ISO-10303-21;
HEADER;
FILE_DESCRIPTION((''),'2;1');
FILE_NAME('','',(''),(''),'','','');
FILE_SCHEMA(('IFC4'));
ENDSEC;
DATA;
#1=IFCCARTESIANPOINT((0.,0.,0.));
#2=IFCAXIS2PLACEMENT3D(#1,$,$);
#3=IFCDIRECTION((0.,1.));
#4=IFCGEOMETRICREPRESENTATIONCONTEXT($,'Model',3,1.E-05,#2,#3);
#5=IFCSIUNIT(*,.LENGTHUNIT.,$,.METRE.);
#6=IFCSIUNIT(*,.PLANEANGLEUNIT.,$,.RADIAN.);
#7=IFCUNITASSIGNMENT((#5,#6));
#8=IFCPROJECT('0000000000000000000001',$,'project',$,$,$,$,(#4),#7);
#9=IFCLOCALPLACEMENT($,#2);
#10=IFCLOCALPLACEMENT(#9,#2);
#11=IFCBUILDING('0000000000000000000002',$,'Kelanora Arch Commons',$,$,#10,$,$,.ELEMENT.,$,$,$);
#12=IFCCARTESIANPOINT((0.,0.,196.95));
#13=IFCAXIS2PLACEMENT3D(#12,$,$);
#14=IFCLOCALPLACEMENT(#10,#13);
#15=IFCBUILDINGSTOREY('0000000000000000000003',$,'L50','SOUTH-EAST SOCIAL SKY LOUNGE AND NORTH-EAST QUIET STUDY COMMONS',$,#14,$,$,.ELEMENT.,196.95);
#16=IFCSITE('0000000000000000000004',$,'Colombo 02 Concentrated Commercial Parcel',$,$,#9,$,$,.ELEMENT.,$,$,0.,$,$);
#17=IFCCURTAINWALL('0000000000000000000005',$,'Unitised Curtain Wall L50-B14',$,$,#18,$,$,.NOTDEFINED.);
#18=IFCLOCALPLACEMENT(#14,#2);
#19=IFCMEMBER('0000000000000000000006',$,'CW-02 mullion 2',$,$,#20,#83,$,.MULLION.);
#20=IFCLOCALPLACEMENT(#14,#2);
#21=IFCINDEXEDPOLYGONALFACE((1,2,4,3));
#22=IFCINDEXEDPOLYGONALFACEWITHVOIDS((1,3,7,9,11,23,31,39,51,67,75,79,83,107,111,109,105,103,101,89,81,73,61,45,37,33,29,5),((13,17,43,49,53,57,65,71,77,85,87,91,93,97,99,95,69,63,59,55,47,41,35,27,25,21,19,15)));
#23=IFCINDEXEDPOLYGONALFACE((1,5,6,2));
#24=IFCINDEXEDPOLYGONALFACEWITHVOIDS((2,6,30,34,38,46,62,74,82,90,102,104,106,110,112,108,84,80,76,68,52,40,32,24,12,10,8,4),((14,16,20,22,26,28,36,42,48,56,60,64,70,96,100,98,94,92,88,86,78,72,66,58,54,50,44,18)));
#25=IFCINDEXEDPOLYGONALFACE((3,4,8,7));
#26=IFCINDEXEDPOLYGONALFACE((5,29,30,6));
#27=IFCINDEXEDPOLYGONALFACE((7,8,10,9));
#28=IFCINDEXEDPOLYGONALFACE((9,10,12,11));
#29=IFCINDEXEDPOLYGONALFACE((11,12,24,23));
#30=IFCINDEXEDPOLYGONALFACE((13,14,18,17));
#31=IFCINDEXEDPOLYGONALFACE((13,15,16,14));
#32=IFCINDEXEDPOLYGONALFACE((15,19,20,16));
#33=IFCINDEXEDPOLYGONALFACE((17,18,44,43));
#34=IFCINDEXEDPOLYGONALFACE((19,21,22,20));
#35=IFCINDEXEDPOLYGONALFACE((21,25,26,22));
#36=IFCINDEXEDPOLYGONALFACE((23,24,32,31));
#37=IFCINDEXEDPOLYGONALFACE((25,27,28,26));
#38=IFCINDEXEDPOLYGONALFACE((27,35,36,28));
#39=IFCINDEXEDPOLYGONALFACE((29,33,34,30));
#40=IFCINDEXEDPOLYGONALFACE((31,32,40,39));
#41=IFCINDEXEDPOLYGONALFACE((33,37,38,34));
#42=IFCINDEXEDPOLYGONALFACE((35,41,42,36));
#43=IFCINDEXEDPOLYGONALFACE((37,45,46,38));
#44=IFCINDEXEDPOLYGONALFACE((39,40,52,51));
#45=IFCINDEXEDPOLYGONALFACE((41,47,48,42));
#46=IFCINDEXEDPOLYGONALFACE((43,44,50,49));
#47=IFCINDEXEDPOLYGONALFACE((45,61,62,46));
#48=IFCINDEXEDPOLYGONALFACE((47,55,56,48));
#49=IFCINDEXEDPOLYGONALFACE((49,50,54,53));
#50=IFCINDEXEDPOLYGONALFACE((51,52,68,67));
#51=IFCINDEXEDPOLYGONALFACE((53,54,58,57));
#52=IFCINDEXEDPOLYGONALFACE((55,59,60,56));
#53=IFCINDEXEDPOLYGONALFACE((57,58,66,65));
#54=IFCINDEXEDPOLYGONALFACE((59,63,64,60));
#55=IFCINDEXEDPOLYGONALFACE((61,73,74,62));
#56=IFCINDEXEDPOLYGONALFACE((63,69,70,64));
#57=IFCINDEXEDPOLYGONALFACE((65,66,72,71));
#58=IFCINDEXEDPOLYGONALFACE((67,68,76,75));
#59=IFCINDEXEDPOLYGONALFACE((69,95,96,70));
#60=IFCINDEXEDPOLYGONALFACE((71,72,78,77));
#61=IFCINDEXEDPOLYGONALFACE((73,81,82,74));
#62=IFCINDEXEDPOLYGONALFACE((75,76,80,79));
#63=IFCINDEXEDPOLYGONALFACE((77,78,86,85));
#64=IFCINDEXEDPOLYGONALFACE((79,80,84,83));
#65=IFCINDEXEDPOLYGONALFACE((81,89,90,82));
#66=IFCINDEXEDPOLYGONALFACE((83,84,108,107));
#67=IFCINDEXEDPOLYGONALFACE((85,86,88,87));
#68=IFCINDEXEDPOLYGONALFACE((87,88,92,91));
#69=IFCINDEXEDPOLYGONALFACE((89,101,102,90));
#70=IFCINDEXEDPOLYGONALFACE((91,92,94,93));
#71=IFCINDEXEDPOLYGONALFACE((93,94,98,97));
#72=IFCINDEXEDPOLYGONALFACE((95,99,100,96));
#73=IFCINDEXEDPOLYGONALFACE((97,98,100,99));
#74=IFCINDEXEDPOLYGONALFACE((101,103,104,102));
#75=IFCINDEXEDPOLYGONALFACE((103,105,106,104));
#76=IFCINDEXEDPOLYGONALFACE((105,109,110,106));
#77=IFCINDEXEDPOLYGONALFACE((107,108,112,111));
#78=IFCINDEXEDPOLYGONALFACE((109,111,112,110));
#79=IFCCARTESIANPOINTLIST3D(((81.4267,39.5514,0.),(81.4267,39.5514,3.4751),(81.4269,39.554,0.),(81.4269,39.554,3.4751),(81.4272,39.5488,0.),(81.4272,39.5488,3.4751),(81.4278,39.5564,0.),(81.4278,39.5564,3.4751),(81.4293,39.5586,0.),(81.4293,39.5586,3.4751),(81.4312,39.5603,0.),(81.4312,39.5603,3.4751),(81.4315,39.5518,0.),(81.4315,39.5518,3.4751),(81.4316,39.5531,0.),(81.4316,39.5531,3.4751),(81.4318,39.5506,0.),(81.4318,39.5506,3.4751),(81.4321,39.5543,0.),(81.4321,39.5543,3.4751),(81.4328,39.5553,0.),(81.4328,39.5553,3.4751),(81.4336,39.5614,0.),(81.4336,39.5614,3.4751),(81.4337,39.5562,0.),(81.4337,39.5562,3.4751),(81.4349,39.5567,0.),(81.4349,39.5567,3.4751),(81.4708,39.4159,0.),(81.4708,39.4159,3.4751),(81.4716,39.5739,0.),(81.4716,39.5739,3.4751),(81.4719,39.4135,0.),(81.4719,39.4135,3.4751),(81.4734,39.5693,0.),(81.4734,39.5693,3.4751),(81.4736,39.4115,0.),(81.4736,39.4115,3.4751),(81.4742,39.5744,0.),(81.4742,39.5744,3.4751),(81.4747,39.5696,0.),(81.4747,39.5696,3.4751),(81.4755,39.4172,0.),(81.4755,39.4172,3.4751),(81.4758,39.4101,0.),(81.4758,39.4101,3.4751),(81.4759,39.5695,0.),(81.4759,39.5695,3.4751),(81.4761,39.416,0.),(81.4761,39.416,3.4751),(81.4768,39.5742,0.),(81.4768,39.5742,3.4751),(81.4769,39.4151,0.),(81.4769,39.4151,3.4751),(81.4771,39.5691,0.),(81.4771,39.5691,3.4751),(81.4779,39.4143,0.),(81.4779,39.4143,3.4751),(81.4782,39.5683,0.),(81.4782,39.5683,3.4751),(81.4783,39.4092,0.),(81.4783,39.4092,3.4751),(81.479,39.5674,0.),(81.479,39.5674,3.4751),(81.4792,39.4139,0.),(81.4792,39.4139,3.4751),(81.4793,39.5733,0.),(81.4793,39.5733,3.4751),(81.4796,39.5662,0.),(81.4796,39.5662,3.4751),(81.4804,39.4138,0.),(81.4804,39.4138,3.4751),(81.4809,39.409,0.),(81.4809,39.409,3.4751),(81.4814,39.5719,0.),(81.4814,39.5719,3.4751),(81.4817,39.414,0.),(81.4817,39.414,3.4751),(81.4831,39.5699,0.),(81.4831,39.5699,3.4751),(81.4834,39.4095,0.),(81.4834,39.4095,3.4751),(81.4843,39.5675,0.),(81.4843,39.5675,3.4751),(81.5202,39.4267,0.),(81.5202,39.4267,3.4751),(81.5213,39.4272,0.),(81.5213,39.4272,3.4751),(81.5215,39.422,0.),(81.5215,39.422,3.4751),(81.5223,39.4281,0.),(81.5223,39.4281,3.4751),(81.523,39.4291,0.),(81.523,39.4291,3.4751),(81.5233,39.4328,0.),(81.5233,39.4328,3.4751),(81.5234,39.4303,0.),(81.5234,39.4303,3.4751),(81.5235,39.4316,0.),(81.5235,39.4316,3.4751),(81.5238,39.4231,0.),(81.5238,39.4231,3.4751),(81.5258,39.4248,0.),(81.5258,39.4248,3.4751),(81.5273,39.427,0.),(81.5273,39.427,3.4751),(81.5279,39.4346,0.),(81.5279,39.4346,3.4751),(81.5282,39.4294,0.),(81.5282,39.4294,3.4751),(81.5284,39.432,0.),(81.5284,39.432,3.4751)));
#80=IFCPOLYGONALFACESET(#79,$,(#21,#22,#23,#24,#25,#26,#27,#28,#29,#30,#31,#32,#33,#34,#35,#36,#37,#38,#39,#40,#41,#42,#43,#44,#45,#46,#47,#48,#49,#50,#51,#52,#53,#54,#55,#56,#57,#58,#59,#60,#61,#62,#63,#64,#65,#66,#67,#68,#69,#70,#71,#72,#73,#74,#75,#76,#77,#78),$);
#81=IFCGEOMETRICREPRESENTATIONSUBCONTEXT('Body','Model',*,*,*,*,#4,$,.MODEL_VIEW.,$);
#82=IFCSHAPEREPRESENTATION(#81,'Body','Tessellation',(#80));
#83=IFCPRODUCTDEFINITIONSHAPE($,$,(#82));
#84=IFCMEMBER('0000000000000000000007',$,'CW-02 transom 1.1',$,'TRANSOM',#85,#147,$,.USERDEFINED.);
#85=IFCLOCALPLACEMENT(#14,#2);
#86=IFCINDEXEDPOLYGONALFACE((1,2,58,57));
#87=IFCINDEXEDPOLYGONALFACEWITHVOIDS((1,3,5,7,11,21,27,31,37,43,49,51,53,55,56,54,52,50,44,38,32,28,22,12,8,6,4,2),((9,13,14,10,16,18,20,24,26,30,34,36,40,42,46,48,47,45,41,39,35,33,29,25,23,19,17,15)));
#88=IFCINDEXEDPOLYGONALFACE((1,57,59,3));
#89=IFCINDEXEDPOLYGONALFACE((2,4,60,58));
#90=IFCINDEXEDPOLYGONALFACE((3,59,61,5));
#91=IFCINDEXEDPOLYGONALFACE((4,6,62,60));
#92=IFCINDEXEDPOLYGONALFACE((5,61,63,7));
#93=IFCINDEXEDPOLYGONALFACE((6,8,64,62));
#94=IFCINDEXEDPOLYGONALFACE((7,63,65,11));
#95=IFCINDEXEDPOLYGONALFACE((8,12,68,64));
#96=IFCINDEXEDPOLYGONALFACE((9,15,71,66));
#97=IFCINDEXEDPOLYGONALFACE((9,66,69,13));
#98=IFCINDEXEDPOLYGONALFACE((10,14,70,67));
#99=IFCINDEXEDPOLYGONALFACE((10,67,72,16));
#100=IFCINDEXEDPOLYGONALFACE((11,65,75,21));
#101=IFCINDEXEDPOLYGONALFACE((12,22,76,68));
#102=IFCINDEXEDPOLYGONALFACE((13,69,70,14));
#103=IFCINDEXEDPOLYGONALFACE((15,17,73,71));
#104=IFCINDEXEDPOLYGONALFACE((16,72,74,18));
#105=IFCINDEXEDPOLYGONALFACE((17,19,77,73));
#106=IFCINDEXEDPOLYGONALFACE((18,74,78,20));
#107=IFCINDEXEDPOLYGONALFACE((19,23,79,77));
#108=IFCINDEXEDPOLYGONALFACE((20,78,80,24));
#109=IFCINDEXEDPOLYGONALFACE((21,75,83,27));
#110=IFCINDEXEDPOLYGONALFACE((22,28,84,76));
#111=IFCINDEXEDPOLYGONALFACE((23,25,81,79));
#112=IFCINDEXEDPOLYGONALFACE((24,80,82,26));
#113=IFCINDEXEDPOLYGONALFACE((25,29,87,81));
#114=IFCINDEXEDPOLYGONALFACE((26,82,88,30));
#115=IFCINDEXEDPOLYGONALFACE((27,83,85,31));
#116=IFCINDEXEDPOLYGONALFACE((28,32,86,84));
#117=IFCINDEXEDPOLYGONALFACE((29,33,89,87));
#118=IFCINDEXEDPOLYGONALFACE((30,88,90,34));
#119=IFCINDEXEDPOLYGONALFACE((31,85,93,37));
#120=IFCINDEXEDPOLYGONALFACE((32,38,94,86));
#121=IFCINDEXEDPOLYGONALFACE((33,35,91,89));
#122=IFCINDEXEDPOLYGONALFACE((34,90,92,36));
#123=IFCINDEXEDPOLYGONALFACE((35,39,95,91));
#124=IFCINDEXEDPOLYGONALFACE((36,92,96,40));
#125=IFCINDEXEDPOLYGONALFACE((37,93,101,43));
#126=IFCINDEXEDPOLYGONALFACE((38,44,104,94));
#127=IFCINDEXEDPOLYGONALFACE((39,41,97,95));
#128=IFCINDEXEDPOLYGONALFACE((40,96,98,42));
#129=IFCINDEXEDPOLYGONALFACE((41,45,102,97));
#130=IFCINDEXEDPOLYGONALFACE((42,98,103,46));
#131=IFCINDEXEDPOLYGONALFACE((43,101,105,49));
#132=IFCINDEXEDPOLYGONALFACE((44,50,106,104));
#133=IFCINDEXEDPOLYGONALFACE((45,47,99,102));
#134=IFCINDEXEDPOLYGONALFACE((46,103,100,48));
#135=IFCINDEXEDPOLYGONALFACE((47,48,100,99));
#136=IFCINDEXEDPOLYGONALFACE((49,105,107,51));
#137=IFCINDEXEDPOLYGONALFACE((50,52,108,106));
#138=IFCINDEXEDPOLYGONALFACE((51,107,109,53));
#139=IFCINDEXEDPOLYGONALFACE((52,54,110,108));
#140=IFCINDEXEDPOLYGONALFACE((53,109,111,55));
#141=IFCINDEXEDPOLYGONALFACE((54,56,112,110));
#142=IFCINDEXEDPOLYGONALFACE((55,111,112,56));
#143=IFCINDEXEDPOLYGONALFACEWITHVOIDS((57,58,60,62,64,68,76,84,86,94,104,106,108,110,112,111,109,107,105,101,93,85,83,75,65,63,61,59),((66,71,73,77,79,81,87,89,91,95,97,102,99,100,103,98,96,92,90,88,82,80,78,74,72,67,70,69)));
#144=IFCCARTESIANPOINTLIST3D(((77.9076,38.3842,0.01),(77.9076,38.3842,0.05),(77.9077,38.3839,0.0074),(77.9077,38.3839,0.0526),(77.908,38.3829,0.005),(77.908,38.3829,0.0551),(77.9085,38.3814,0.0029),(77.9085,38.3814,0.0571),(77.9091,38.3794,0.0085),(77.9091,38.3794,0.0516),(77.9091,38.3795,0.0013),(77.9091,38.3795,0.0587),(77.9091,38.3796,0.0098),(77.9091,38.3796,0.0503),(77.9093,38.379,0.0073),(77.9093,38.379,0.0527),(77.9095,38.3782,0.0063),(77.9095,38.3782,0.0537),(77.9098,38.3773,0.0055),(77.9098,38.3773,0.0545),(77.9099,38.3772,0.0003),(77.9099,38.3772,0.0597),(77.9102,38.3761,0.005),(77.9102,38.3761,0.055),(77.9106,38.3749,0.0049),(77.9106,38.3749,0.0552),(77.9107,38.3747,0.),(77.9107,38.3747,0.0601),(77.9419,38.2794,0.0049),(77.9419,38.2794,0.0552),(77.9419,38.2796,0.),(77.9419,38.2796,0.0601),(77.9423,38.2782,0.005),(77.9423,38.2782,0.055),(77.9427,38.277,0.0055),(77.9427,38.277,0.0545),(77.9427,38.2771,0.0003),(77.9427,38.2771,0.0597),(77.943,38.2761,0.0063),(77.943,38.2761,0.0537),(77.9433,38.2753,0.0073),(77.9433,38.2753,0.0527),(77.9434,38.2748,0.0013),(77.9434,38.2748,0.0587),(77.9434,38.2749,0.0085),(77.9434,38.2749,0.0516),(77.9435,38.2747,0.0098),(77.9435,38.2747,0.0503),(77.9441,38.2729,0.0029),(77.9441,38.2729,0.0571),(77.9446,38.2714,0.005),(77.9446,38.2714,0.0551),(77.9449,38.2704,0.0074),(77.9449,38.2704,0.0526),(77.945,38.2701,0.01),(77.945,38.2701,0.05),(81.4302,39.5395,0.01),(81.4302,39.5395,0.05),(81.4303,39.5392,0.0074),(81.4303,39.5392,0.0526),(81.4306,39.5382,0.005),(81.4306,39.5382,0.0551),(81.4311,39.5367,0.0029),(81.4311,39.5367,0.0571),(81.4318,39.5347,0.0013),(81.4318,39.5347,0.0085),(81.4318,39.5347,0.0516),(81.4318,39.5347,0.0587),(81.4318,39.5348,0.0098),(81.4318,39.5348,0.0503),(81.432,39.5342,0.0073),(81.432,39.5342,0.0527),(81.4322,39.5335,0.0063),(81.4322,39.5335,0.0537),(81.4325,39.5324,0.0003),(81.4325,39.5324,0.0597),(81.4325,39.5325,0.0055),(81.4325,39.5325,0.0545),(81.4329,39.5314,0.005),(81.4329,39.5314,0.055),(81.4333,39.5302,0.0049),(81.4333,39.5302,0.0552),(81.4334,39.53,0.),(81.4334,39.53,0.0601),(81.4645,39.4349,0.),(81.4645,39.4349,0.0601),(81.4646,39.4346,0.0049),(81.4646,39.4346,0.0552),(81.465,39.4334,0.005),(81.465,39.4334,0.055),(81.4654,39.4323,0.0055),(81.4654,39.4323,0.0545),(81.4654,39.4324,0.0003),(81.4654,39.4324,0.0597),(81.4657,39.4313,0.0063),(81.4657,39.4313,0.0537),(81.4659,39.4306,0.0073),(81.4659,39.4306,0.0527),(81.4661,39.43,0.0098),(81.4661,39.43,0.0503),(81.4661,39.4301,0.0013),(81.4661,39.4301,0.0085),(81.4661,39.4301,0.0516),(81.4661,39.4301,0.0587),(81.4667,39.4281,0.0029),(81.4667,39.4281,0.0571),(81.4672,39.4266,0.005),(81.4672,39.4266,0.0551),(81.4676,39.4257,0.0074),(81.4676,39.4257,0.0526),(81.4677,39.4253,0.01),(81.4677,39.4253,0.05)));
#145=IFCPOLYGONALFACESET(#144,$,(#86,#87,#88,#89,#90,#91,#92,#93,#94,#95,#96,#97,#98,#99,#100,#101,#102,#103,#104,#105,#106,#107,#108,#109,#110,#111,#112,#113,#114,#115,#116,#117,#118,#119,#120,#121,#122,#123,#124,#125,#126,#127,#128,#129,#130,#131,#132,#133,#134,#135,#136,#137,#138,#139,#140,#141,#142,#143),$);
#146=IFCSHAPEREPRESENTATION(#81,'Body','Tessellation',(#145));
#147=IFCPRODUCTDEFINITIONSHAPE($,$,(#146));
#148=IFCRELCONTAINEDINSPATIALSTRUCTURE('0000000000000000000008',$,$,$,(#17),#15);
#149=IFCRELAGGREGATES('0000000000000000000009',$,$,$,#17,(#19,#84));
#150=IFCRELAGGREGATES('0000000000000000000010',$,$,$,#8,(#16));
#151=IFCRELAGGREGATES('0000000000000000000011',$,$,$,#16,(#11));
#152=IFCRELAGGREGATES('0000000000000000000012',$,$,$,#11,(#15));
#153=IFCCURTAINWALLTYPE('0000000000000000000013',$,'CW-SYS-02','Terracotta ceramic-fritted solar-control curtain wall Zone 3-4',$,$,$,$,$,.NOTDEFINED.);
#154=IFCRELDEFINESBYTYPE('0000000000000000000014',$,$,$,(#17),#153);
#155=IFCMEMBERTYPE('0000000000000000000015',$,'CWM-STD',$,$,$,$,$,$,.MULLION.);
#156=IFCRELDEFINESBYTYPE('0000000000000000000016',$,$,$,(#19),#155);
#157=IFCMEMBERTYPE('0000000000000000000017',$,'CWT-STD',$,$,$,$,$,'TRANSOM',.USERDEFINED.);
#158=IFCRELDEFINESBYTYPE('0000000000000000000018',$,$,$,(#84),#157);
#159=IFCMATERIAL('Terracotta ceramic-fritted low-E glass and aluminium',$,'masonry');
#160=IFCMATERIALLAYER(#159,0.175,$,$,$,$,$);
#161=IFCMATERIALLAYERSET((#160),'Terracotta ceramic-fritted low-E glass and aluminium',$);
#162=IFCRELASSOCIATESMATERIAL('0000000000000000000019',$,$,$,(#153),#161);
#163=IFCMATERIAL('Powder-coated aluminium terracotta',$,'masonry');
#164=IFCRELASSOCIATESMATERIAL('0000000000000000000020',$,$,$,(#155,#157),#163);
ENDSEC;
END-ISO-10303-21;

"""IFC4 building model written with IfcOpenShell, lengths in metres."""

from ifc_helpers import new_model, si_unit, direction, frame, origin, origin_2d, place, context, subcontext, project, spatial, hollow_rectangle, extrude, material, layer, layer_set, material_profile, profile_set, type_object, element, aggregate, save


model = new_model("IFC4")

# Units and contexts
model_context = context("Model", 3, precision=1e-05, world=origin(), true_north=direction((0.0, 1.0)))
body_context = subcontext(model_context, "Body", "Model", "MODEL_VIEW")
ifc_project = project(units=[si_unit("LENGTHUNIT", "METRE"), si_unit("PLANEANGLEUNIT", "RADIAN")], contexts=[model_context])

# Site, building, storey
site_placement = place(None, origin())
site = spatial("IfcSite", under=ifc_project, at=site_placement, Name="Colombo 02 Concentrated Commercial Parcel", CompositionType="ELEMENT", RefElevation=0.0)
building_placement = place(site_placement, origin())
building = spatial("IfcBuilding", under=site, at=building_placement, Name="Kelanora Arch Commons", CompositionType="ELEMENT")
storey_placement = place(building_placement, frame((0.0, 0.0, 196.95)))
storey = spatial("IfcBuildingStorey", under=building, at=storey_placement, Name="L50", Description="SOUTH-EAST SOCIAL SKY LOUNGE AND NORTH-EAST QUIET STUDY COMMONS", CompositionType="ELEMENT", Elevation=196.95)

# Curtain wall, members
ifc_material_1 = material(Name="Terracotta ceramic-fritted low-E glass and aluminium", Category="masonry")
ifc_layer_1 = layer(ifc_material_1, 0.175)
ifc_layer_set_1 = layer_set([ifc_layer_1], Name="Terracotta ceramic-fritted low-E glass and aluminium")
curtain_wall_type = type_object("IfcCurtainWallType", Name="CW-SYS-02", Description="Terracotta ceramic-fritted solar-control curtain wall Zone 3-4", PredefinedType="NOTDEFINED", material=ifc_layer_set_1)
curtain_wall_placement = place(storey_placement, origin())
curtain_wall = element("IfcCurtainWall", 1, at=curtain_wall_placement, inside=storey, type_object=curtain_wall_type, Name="Unitised Curtain Wall L50-B14", PredefinedType="NOTDEFINED")
ifc_material_2 = material(Name="Powder-coated aluminium terracotta", Category="masonry")
ifc_material_profile_1 = material_profile(ifc_material_2, hollow_rectangle(XDim=0.1599, YDim=0.0601, WallThickness=0.0049, InnerFilletRadius=0.0049, OuterFilletRadius=0.01, at=origin_2d()), Name="CWM160x60")
ifc_profile_set_1 = profile_set([ifc_material_profile_1], Name="Powder-coated aluminium terracotta")
member_type_1 = type_object("IfcMemberType", Name="CWM-STD", PredefinedType="MULLION", material=ifc_profile_set_1)
member_1_placement = place(storey_placement, frame((81.4775, 39.4917, 0.0), z_axis=(0.0, 0.0, 1.0), x_axis=(-0.311582, 0.950219, 0.0)))
member_1 = element("IfcMember", 2, at=member_1_placement, type_object=member_type_1, Name="CW-02 mullion 2", PredefinedType="MULLION", context=body_context, shape_type="SweptSolid", body=[
    extrude(hollow_rectangle(XDim=0.1599, YDim=0.0601, WallThickness=0.0049, InnerFilletRadius=0.0049, OuterFilletRadius=0.01, at=origin_2d()), origin(), (0.0, 0.0, 1.0), 3.4751),
])
ifc_material_profile_2 = material_profile(ifc_material_2, hollow_rectangle(XDim=0.1201, YDim=0.0601, WallThickness=0.0049, InnerFilletRadius=0.0049, OuterFilletRadius=0.01, at=origin_2d()), Name="CWT120x60")
ifc_profile_set_2 = profile_set([ifc_material_profile_2], Name="Powder-coated aluminium terracotta")
member_type_2 = type_object("IfcMemberType", Name="CWT-STD", ElementType="TRANSOM", PredefinedType="USERDEFINED", material=ifc_profile_set_2)
member_2_placement = place(storey_placement, frame((77.9263, 38.3271, 0.03), z_axis=(0.950207, 0.311621, 0.0), x_axis=(-0.311621, 0.950207, 0.0)))
member_2 = element("IfcMember", 3, at=member_2_placement, type_object=member_type_2, Name="CW-02 transom 1.1", ObjectType="TRANSOM", PredefinedType="USERDEFINED", context=body_context, shape_type="SweptSolid", body=[
    extrude(hollow_rectangle(XDim=0.1201, YDim=0.0601, WallThickness=0.0049, InnerFilletRadius=0.0049, OuterFilletRadius=0.01, at=origin_2d()), origin(), (0.0, 0.0, 1.0), 3.7073),
])
aggregate(curtain_wall, [member_1, member_2])

save(model, "model.ifc")
